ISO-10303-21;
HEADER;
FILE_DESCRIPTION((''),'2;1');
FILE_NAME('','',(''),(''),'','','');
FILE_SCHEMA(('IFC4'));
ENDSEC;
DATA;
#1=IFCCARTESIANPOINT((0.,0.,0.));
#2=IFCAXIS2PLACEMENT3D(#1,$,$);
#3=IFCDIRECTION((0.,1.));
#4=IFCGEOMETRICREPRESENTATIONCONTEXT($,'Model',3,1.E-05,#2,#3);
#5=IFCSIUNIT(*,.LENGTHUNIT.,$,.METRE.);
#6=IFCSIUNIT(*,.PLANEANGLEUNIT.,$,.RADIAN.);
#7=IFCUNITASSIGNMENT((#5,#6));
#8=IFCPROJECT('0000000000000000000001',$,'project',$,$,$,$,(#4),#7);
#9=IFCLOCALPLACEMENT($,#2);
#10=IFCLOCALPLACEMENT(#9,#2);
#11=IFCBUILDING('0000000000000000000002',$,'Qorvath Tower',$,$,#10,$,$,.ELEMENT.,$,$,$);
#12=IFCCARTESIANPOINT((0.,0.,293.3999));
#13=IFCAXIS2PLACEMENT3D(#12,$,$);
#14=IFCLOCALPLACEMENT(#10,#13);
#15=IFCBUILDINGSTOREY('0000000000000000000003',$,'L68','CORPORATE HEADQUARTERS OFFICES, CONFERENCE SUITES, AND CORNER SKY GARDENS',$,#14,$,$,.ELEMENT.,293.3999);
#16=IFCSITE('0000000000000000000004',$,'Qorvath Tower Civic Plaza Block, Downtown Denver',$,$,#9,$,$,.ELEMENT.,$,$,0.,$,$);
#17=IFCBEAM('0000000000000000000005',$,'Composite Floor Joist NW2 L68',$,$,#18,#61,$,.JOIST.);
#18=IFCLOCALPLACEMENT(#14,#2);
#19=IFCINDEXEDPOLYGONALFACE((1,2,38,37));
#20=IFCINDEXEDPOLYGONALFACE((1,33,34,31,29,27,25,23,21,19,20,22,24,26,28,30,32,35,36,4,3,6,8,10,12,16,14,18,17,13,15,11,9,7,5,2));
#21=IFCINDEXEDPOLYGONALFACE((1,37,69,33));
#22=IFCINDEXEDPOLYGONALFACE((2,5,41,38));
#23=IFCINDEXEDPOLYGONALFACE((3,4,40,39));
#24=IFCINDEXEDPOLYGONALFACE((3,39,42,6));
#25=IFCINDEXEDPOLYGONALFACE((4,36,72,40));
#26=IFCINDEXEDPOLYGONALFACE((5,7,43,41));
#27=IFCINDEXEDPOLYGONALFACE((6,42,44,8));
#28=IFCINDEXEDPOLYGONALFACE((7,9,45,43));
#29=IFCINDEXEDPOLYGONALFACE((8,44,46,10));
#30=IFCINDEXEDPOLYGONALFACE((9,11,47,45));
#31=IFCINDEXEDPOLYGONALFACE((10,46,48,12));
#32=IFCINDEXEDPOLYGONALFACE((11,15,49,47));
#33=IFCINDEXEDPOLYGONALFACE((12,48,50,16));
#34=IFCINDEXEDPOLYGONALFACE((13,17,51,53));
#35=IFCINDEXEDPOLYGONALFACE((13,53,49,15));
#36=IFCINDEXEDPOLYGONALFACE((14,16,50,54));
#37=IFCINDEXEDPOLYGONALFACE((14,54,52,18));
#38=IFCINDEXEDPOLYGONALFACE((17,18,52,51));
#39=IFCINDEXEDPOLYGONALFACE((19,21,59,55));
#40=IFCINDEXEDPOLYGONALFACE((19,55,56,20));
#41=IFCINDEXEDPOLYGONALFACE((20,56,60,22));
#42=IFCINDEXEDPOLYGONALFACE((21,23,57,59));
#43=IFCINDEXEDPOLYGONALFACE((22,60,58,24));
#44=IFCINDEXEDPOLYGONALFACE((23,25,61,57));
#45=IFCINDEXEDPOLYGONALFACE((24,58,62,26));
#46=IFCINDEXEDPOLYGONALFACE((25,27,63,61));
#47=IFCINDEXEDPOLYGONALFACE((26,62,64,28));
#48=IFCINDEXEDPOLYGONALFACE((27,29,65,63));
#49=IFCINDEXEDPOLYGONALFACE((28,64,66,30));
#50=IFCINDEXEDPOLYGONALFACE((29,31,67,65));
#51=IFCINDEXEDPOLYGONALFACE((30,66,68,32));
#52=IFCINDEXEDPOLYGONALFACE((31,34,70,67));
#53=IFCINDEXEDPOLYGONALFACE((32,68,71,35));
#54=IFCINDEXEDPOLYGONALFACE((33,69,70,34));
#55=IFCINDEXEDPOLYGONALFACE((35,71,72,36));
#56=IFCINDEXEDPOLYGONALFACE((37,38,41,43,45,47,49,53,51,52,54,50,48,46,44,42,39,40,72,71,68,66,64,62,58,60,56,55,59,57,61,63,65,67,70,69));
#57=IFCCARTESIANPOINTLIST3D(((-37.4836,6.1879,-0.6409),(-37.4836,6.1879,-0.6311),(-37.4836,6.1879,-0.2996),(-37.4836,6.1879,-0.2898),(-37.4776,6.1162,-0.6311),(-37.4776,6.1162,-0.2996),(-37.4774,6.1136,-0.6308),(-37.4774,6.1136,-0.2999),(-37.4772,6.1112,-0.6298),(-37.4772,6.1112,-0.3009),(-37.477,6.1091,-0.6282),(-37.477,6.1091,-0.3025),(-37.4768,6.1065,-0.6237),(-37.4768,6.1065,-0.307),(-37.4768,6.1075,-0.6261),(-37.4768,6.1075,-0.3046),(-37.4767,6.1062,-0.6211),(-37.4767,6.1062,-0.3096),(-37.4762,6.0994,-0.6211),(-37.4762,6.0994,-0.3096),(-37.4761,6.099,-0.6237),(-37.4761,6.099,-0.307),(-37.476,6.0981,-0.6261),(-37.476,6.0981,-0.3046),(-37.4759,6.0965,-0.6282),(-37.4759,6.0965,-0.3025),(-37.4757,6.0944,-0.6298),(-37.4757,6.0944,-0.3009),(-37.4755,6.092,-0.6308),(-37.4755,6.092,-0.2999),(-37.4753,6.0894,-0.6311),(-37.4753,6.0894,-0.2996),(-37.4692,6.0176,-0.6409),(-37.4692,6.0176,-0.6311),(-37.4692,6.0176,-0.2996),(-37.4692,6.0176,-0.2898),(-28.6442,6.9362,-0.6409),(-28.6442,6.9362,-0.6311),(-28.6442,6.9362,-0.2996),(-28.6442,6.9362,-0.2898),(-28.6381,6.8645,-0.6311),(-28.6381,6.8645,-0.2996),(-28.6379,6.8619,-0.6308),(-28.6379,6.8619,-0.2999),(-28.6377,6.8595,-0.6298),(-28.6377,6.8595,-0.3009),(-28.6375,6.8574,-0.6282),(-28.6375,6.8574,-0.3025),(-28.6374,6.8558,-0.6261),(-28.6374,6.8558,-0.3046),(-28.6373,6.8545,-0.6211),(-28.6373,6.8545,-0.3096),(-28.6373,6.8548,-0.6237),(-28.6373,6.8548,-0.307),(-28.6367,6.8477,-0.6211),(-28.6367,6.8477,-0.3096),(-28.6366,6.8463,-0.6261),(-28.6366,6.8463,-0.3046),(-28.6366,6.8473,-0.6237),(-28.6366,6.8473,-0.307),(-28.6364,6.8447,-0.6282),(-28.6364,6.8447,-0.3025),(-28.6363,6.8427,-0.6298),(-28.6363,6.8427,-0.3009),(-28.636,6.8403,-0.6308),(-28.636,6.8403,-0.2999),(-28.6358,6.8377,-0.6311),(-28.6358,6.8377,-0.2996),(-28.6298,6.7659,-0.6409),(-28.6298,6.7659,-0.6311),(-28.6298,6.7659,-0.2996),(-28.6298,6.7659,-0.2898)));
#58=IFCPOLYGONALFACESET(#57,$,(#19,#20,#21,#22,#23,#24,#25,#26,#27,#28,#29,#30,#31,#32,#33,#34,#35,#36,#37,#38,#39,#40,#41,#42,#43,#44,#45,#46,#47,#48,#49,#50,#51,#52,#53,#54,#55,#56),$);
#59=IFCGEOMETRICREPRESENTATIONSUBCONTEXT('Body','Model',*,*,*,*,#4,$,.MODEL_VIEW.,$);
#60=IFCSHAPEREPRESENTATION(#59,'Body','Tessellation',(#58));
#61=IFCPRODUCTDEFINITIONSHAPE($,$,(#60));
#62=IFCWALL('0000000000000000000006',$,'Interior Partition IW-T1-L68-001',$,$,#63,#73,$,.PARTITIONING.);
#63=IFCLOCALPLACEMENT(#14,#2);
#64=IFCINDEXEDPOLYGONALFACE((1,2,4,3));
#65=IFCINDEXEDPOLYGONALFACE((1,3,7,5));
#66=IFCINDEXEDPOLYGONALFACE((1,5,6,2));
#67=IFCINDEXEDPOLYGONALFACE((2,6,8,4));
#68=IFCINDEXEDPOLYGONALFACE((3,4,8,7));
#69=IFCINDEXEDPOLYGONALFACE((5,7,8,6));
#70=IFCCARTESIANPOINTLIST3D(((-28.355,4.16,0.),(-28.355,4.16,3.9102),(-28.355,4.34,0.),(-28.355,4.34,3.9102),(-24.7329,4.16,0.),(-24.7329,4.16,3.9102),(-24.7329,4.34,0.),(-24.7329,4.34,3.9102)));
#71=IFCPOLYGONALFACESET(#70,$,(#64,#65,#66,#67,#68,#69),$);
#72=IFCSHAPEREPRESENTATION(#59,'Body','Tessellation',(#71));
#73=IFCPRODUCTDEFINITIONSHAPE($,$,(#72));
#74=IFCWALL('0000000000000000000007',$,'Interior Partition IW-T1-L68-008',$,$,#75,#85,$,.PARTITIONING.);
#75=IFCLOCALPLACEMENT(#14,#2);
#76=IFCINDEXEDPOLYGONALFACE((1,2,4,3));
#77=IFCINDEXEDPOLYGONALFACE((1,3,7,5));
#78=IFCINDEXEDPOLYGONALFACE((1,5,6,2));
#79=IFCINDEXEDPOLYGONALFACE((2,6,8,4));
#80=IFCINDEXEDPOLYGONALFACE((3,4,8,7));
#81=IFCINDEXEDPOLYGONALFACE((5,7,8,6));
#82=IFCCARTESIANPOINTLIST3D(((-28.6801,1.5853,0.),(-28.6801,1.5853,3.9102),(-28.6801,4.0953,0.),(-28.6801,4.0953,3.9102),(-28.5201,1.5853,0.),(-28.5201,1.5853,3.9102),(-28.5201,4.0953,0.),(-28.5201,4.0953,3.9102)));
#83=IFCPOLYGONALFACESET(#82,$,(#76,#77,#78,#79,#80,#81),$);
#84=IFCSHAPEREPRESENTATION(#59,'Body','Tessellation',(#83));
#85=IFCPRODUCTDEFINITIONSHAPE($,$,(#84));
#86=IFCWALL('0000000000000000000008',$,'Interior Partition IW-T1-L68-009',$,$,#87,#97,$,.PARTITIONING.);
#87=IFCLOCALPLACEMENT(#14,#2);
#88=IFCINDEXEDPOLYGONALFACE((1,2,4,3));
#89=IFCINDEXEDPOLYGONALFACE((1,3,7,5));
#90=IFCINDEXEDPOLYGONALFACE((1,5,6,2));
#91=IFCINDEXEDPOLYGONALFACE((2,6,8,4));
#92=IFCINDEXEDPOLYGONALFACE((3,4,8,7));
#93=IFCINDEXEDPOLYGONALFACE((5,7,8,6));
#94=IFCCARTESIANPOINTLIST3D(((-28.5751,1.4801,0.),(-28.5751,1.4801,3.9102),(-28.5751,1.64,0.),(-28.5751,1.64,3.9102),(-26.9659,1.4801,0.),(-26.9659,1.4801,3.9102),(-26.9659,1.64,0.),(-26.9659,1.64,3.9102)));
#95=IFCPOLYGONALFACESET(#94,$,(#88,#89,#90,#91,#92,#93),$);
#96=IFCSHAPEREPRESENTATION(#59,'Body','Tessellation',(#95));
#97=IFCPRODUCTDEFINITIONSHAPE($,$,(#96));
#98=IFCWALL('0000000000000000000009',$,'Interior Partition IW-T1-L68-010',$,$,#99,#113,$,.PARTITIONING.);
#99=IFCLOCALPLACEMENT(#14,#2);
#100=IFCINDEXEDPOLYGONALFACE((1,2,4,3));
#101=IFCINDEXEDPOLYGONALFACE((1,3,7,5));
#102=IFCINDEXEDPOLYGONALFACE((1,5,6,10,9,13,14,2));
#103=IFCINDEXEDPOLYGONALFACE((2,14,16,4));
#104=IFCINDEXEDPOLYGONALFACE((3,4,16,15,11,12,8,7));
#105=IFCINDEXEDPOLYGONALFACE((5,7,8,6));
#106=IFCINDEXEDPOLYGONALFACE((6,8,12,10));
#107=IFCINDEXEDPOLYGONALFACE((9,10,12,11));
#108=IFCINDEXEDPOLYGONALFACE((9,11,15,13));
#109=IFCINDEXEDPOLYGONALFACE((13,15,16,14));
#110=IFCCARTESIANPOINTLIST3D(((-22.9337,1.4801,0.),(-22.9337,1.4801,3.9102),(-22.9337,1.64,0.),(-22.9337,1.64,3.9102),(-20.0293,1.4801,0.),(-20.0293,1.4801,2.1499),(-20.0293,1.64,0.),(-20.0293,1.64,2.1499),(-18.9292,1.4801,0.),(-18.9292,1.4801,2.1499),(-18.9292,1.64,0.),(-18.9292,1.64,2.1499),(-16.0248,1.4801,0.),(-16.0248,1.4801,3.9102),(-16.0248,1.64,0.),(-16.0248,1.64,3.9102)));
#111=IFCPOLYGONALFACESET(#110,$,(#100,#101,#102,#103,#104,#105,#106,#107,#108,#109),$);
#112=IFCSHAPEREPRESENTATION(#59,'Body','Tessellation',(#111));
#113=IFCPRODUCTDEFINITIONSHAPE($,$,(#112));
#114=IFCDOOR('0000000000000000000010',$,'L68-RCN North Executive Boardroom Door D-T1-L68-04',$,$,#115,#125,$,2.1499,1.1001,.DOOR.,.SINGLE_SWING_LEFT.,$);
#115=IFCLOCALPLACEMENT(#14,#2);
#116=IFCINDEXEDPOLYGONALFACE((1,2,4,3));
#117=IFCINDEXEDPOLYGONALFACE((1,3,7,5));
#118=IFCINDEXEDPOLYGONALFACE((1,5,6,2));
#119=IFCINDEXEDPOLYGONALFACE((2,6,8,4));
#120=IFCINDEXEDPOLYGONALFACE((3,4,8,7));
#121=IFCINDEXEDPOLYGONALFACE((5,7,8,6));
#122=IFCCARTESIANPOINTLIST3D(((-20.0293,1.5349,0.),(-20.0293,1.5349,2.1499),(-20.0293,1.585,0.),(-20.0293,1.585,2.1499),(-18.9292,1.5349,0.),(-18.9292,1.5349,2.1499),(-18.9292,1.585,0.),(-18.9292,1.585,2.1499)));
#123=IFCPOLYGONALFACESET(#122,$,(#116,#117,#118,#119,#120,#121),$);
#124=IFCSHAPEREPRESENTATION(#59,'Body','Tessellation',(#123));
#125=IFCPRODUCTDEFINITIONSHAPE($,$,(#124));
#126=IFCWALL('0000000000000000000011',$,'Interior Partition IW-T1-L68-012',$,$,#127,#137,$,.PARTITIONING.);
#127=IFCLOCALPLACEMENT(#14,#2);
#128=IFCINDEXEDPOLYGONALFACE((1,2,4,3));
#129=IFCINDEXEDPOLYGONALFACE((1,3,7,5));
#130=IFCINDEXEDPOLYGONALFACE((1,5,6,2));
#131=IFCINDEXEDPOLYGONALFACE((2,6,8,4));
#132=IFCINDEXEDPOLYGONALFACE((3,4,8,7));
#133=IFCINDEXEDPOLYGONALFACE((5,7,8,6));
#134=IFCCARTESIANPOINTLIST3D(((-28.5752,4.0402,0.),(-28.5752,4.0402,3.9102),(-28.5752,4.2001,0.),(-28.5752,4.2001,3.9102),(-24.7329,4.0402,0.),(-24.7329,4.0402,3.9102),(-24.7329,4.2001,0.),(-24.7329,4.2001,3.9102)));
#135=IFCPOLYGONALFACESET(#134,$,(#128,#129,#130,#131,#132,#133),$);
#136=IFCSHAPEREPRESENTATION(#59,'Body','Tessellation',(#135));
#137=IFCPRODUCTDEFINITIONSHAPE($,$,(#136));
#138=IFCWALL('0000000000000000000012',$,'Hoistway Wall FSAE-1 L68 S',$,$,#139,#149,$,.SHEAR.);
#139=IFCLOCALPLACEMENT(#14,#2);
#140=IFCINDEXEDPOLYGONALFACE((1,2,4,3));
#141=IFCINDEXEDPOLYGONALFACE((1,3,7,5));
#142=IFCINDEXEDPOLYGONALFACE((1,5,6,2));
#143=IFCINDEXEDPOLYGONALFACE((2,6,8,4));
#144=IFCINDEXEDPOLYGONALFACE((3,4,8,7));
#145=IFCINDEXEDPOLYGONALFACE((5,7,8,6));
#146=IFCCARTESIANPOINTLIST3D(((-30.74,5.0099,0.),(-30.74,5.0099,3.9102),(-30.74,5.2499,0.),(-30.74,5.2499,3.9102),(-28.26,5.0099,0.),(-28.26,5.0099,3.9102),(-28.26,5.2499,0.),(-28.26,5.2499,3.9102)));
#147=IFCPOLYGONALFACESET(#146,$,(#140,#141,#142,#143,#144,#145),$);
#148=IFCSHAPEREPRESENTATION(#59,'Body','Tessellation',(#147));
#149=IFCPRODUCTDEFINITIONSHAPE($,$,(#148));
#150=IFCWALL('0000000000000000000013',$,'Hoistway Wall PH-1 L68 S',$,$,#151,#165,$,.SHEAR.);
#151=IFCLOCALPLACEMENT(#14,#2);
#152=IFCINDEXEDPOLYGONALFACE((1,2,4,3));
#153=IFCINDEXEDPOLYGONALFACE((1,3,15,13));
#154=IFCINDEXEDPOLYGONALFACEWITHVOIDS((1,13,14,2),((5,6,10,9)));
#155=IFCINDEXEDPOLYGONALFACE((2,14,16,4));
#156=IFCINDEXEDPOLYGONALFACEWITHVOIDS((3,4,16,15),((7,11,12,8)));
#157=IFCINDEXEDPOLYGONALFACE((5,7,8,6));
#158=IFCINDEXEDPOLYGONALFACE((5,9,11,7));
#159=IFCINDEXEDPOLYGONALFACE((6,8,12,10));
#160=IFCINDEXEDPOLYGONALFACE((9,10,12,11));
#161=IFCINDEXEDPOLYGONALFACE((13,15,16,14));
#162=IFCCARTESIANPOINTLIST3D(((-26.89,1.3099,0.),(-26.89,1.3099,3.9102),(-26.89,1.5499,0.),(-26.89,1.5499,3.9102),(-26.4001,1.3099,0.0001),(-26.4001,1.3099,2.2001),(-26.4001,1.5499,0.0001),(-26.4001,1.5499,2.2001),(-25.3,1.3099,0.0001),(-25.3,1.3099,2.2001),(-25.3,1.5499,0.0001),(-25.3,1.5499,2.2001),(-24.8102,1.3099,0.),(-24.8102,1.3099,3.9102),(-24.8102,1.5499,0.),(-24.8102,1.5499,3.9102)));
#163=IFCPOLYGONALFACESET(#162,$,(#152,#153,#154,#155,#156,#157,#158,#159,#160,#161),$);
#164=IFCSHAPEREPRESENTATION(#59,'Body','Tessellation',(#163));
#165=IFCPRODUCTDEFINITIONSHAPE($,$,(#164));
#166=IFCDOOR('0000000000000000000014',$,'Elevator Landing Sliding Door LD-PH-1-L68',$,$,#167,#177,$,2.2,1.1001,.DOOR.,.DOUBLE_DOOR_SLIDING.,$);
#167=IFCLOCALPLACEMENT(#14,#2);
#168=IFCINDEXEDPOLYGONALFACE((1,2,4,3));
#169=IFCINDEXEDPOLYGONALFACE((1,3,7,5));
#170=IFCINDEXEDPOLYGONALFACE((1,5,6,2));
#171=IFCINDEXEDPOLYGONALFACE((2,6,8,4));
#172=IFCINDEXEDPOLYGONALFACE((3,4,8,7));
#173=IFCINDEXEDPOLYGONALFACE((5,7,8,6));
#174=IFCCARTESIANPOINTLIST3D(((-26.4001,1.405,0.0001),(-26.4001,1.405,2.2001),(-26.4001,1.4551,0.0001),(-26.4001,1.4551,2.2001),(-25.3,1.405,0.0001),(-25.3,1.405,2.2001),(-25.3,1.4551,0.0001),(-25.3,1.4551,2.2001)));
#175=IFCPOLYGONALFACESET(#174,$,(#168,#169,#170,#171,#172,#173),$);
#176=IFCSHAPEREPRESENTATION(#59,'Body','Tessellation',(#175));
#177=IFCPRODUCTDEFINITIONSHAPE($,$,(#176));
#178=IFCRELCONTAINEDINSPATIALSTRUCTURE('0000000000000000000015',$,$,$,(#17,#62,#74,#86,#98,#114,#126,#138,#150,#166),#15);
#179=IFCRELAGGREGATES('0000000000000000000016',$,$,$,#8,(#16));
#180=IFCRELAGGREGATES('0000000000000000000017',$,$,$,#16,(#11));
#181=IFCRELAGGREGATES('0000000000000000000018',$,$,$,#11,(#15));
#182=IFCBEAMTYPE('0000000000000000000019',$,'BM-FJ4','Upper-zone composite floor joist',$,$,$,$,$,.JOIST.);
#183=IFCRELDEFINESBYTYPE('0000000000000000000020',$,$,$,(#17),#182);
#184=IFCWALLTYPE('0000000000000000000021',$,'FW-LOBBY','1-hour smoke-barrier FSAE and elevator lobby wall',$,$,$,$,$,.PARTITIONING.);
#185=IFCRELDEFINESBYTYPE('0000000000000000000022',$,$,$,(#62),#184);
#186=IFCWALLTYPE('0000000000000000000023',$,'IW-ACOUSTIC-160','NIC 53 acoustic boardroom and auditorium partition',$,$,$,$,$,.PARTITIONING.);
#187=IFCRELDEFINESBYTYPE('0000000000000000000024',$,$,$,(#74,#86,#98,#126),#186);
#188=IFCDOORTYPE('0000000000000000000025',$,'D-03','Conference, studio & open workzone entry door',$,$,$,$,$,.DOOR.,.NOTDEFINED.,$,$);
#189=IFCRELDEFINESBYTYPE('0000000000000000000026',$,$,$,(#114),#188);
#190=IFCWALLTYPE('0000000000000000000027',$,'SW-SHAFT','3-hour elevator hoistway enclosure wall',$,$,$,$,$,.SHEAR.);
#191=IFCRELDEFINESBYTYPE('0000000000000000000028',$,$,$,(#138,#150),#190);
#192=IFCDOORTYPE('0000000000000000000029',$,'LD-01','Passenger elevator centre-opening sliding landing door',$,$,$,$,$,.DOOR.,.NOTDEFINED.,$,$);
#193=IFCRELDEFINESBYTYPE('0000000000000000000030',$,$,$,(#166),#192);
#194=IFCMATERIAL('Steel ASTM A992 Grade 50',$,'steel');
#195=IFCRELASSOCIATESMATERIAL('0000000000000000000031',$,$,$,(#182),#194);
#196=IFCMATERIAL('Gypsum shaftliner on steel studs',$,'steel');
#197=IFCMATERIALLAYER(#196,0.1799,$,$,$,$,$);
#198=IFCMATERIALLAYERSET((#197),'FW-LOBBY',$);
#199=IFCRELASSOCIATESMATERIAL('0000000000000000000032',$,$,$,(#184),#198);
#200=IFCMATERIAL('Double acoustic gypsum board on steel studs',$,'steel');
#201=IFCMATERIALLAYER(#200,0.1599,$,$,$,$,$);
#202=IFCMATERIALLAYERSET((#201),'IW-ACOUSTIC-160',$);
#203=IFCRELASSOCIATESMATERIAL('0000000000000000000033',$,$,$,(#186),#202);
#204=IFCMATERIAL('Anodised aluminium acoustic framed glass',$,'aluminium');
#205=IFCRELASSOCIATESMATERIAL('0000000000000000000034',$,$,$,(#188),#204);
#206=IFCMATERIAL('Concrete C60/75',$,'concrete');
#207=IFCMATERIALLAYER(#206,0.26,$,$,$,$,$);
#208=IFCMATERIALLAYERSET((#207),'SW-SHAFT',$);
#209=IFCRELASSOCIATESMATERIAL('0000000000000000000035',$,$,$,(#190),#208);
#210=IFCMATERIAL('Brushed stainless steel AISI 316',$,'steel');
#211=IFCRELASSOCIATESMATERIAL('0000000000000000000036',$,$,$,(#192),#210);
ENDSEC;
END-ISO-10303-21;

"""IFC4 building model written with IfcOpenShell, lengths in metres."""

from ifc_helpers import new_model, si_unit, direction, frame, frame_2d, origin, origin_2d, place, context, subcontext, project, spatial, rectangle, i_section, extrude, material, layer, layer_set, material_profile, profile_set, type_object, element, fill, save


model = new_model("IFC4")

# Units and contexts
model_context = context("Model", 3, precision=1e-05, world=origin(), true_north=direction((0.0, 1.0)))
body_context = subcontext(model_context, "Body", "Model", "MODEL_VIEW")
ifc_project = project(units=[si_unit("LENGTHUNIT", "METRE"), si_unit("PLANEANGLEUNIT", "RADIAN")], contexts=[model_context])

# Site, building, storey
site_placement = place(None, origin())
site = spatial("IfcSite", under=ifc_project, at=site_placement, Name="Qorvath Tower Civic Plaza Block, Downtown Denver", CompositionType="ELEMENT", RefElevation=0.0)
building_placement = place(site_placement, origin())
building = spatial("IfcBuilding", under=site, at=building_placement, Name="Qorvath Tower", CompositionType="ELEMENT")
storey_placement = place(building_placement, frame((0.0, 0.0, 293.3999)))
storey = spatial("IfcBuildingStorey", under=building, at=storey_placement, Name="L68", Description="CORPORATE HEADQUARTERS OFFICES, CONFERENCE SUITES, AND CORNER SKY GARDENS", CompositionType="ELEMENT", Elevation=293.3999)

# Beam
ifc_material_1 = material(Name="Steel ASTM A992 Grade 50", Category="steel")
ifc_material_profile = material_profile(ifc_material_1, i_section(OverallWidth=0.1709, OverallDepth=0.3511, WebThickness=0.0068, FlangeThickness=0.0098, FilletRadius=0.01, at=origin_2d()), Name="W14x30")
ifc_profile_set = profile_set([ifc_material_profile], Name="Steel ASTM A992 Grade 50")
beam_type = type_object("IfcBeamType", Name="BM-FJ4", Description="Upper-zone composite floor joist", PredefinedType="JOIST", material=ifc_profile_set)
beam_placement = place(storey_placement, frame((-28.637, 6.8511, -0.4653), z_axis=(-0.996436, -0.08435, 0.0), x_axis=(0.08435, -0.996436, 0.0)))
element("IfcBeam", 1, at=beam_placement, inside=storey, type_object=beam_type, Name="Composite Floor Joist NW2 L68", PredefinedType="JOIST", context=body_context, shape_type="SweptSolid", body=[
    extrude(i_section(OverallWidth=0.1709, OverallDepth=0.3511, WebThickness=0.0068, FlangeThickness=0.0098, FilletRadius=0.01, at=origin_2d()), origin(), (0.0, 0.0, 1.0), 8.8711),
])

# Walls
ifc_material_2 = material(Name="Gypsum shaftliner on steel studs", Category="steel")
ifc_layer_1 = layer(ifc_material_2, 0.1799)
ifc_layer_set_1 = layer_set([ifc_layer_1], Name="FW-LOBBY")
wall_type_1 = type_object("IfcWallType", Name="FW-LOBBY", Description="1-hour smoke-barrier FSAE and elevator lobby wall", PredefinedType="PARTITIONING", material=ifc_layer_set_1)
wall_1_placement = place(storey_placement, frame((-28.355, 4.25, 0.0), z_axis=(0.0, 0.0, 1.0), x_axis=(1.0, 0.0, 0.0)))
element("IfcWall", 2, at=wall_1_placement, inside=storey, type_object=wall_type_1, Name="Interior Partition IW-T1-L68-001", PredefinedType="PARTITIONING", context=body_context, shape_type="SweptSolid", body=[
    extrude(rectangle(XDim=3.6221, YDim=0.1799, at=frame_2d((1.811, 0.0))), origin(), (0.0, 0.0, 1.0), 3.9102),
])
ifc_material_3 = material(Name="Double acoustic gypsum board on steel studs", Category="steel")
ifc_layer_2 = layer(ifc_material_3, 0.1599)
ifc_layer_set_2 = layer_set([ifc_layer_2], Name="IW-ACOUSTIC-160")
wall_type_2 = type_object("IfcWallType", Name="IW-ACOUSTIC-160", Description="NIC 53 acoustic boardroom and auditorium partition", PredefinedType="PARTITIONING", material=ifc_layer_set_2)
wall_2_placement = place(storey_placement, frame((-28.6001, 4.0952, 0.0), z_axis=(0.0, 0.0, 1.0), x_axis=(0.0, -1.0, 0.0)))
element("IfcWall", 3, at=wall_2_placement, inside=storey, type_object=wall_type_2, Name="Interior Partition IW-T1-L68-008", PredefinedType="PARTITIONING", context=body_context, shape_type="SweptSolid", body=[
    extrude(rectangle(XDim=2.51, YDim=0.1599, at=frame_2d((1.2549, 0.0))), origin(), (0.0, 0.0, 1.0), 3.9102),
])
wall_3_placement = place(storey_placement, frame((-28.5752, 1.5601, 0.0), z_axis=(0.0, 0.0, 1.0), x_axis=(1.0, 0.0, 0.0)))
element("IfcWall", 4, at=wall_3_placement, inside=storey, type_object=wall_type_2, Name="Interior Partition IW-T1-L68-009", PredefinedType="PARTITIONING", context=body_context, shape_type="SweptSolid", body=[
    extrude(rectangle(XDim=1.6091, YDim=0.1599, at=frame_2d((0.8047, 0.0))), origin(), (0.0, 0.0, 1.0), 3.9102),
])

# Wall, opening, door
wall_4_placement = place(storey_placement, frame((-22.9338, 1.5601, 0.0), z_axis=(0.0, 0.0, 1.0), x_axis=(1.0, 0.0, 0.0)))
wall_4 = element("IfcWall", 5, at=wall_4_placement, inside=storey, type_object=wall_type_2, Name="Interior Partition IW-T1-L68-010", PredefinedType="PARTITIONING", context=body_context, shape_type="SweptSolid", body=[
    extrude(rectangle(XDim=6.9089, YDim=0.1599, at=frame_2d((3.4546, 0.0))), origin(), (0.0, 0.0, 1.0), 3.9102),
])
opening_1_placement = place(wall_4_placement, frame((2.9045, 0.0, 0.0)))
opening_1 = element("IfcOpeningElement", 6, at=opening_1_placement, cuts=wall_4, PredefinedType="OPENING", context=body_context, shape_type="SweptSolid", body=[
    extrude(rectangle(XDim=1.1001, YDim=2.1499, at=frame_2d((0.55, 1.075))), frame((0.0, 0.0898, 0.0), z_axis=(0.0, -1.0, 0.0), x_axis=(1.0, 0.0, 0.0)), (0.0, 0.0, 1.0), 0.1799),
])
ifc_material_4 = material(Name="Anodised aluminium acoustic framed glass", Category="aluminium")
door_type_1 = type_object("IfcDoorType", Name="D-03", Description="Conference, studio & open workzone entry door", OperationType="NOTDEFINED", PredefinedType="DOOR", material=ifc_material_4)
door_1_placement = place(opening_1_placement, origin())
door_1 = element("IfcDoor", 7, at=door_1_placement, inside=storey, type_object=door_type_1, Name="L68-RCN North Executive Boardroom Door D-T1-L68-04", OperationType="SINGLE_SWING_LEFT", OverallHeight=2.1499, OverallWidth=1.1001, PredefinedType="DOOR", context=body_context, shape_type="SweptSolid", body=[
    extrude(rectangle(XDim=1.1001, YDim=2.1499, at=frame_2d((0.55, 1.075))), frame((0.0, 0.0249, 0.0), z_axis=(0.0, -1.0, 0.0), x_axis=(1.0, 0.0, 0.0)), (0.0, 0.0, 1.0), 0.05),
])
fill(opening_1, door_1)

# Walls
wall_5_placement = place(storey_placement, frame((-24.7329, 4.1201, 0.0), z_axis=(0.0, 0.0, 1.0), x_axis=(-1.0, 0.0, 0.0)))
element("IfcWall", 8, at=wall_5_placement, inside=storey, type_object=wall_type_2, Name="Interior Partition IW-T1-L68-012", PredefinedType="PARTITIONING", context=body_context, shape_type="SweptSolid", body=[
    extrude(rectangle(XDim=3.8423, YDim=0.1599, at=frame_2d((1.9211, 0.0))), origin(), (0.0, 0.0, 1.0), 3.9102),
])
ifc_material_5 = material(Name="Concrete C60/75", Category="concrete")
ifc_layer_3 = layer(ifc_material_5, 0.26)
ifc_layer_set_3 = layer_set([ifc_layer_3], Name="SW-SHAFT")
wall_type_3 = type_object("IfcWallType", Name="SW-SHAFT", Description="3-hour elevator hoistway enclosure wall", PredefinedType="SHEAR", material=ifc_layer_set_3)
wall_6_placement = place(storey_placement, frame((-28.26, 5.1299, 0.0), z_axis=(0.0, 0.0, 1.0), x_axis=(-1.0, 0.0, 0.0)))
element("IfcWall", 9, at=wall_6_placement, inside=storey, type_object=wall_type_3, Name="Hoistway Wall FSAE-1 L68 S", PredefinedType="SHEAR", context=body_context, shape_type="SweptSolid", body=[
    extrude(rectangle(XDim=2.48, YDim=0.24, at=frame_2d((1.24, 0.0))), origin(), (0.0, 0.0, 1.0), 3.9102),
])

# Wall, opening, door
wall_7_placement = place(storey_placement, frame((-24.8101, 1.4299, 0.0), z_axis=(0.0, 0.0, 1.0), x_axis=(-1.0, 0.0, 0.0)))
wall_7 = element("IfcWall", 10, at=wall_7_placement, inside=storey, type_object=wall_type_3, Name="Hoistway Wall PH-1 L68 S", PredefinedType="SHEAR", context=body_context, shape_type="SweptSolid", body=[
    extrude(rectangle(XDim=2.0798, YDim=0.24, at=frame_2d((1.04, 0.0))), origin(), (0.0, 0.0, 1.0), 3.9102),
])
opening_2_placement = place(wall_7_placement, frame((0.49, 0.0, 0.0)))
opening_2 = element("IfcOpeningElement", 11, at=opening_2_placement, cuts=wall_7, PredefinedType="OPENING", context=body_context, shape_type="SweptSolid", body=[
    extrude(rectangle(XDim=1.1001, YDim=2.2, at=frame_2d((0.55, 1.1001))), frame((0.0, 0.1299, 0.0), z_axis=(0.0, -1.0, 0.0), x_axis=(1.0, 0.0, 0.0)), (0.0, 0.0, 1.0), 0.26),
])
ifc_material_6 = material(Name="Brushed stainless steel AISI 316", Category="steel")
door_type_2 = type_object("IfcDoorType", Name="LD-01", Description="Passenger elevator centre-opening sliding landing door", OperationType="NOTDEFINED", PredefinedType="DOOR", material=ifc_material_6)
door_2_placement = place(opening_2_placement, origin())
door_2 = element("IfcDoor", 12, at=door_2_placement, inside=storey, type_object=door_type_2, Name="Elevator Landing Sliding Door LD-PH-1-L68", OperationType="DOUBLE_DOOR_SLIDING", OverallHeight=2.2, OverallWidth=1.1001, PredefinedType="DOOR", context=body_context, shape_type="SweptSolid", body=[
    extrude(rectangle(XDim=1.1001, YDim=2.2, at=frame_2d((0.55, 1.1001))), frame((0.0, 0.0249, 0.0), z_axis=(0.0, -1.0, 0.0), x_axis=(1.0, 0.0, 0.0)), (0.0, 0.0, 1.0), 0.05),
])
fill(opening_2, door_2)

save(model, "model.ifc")
